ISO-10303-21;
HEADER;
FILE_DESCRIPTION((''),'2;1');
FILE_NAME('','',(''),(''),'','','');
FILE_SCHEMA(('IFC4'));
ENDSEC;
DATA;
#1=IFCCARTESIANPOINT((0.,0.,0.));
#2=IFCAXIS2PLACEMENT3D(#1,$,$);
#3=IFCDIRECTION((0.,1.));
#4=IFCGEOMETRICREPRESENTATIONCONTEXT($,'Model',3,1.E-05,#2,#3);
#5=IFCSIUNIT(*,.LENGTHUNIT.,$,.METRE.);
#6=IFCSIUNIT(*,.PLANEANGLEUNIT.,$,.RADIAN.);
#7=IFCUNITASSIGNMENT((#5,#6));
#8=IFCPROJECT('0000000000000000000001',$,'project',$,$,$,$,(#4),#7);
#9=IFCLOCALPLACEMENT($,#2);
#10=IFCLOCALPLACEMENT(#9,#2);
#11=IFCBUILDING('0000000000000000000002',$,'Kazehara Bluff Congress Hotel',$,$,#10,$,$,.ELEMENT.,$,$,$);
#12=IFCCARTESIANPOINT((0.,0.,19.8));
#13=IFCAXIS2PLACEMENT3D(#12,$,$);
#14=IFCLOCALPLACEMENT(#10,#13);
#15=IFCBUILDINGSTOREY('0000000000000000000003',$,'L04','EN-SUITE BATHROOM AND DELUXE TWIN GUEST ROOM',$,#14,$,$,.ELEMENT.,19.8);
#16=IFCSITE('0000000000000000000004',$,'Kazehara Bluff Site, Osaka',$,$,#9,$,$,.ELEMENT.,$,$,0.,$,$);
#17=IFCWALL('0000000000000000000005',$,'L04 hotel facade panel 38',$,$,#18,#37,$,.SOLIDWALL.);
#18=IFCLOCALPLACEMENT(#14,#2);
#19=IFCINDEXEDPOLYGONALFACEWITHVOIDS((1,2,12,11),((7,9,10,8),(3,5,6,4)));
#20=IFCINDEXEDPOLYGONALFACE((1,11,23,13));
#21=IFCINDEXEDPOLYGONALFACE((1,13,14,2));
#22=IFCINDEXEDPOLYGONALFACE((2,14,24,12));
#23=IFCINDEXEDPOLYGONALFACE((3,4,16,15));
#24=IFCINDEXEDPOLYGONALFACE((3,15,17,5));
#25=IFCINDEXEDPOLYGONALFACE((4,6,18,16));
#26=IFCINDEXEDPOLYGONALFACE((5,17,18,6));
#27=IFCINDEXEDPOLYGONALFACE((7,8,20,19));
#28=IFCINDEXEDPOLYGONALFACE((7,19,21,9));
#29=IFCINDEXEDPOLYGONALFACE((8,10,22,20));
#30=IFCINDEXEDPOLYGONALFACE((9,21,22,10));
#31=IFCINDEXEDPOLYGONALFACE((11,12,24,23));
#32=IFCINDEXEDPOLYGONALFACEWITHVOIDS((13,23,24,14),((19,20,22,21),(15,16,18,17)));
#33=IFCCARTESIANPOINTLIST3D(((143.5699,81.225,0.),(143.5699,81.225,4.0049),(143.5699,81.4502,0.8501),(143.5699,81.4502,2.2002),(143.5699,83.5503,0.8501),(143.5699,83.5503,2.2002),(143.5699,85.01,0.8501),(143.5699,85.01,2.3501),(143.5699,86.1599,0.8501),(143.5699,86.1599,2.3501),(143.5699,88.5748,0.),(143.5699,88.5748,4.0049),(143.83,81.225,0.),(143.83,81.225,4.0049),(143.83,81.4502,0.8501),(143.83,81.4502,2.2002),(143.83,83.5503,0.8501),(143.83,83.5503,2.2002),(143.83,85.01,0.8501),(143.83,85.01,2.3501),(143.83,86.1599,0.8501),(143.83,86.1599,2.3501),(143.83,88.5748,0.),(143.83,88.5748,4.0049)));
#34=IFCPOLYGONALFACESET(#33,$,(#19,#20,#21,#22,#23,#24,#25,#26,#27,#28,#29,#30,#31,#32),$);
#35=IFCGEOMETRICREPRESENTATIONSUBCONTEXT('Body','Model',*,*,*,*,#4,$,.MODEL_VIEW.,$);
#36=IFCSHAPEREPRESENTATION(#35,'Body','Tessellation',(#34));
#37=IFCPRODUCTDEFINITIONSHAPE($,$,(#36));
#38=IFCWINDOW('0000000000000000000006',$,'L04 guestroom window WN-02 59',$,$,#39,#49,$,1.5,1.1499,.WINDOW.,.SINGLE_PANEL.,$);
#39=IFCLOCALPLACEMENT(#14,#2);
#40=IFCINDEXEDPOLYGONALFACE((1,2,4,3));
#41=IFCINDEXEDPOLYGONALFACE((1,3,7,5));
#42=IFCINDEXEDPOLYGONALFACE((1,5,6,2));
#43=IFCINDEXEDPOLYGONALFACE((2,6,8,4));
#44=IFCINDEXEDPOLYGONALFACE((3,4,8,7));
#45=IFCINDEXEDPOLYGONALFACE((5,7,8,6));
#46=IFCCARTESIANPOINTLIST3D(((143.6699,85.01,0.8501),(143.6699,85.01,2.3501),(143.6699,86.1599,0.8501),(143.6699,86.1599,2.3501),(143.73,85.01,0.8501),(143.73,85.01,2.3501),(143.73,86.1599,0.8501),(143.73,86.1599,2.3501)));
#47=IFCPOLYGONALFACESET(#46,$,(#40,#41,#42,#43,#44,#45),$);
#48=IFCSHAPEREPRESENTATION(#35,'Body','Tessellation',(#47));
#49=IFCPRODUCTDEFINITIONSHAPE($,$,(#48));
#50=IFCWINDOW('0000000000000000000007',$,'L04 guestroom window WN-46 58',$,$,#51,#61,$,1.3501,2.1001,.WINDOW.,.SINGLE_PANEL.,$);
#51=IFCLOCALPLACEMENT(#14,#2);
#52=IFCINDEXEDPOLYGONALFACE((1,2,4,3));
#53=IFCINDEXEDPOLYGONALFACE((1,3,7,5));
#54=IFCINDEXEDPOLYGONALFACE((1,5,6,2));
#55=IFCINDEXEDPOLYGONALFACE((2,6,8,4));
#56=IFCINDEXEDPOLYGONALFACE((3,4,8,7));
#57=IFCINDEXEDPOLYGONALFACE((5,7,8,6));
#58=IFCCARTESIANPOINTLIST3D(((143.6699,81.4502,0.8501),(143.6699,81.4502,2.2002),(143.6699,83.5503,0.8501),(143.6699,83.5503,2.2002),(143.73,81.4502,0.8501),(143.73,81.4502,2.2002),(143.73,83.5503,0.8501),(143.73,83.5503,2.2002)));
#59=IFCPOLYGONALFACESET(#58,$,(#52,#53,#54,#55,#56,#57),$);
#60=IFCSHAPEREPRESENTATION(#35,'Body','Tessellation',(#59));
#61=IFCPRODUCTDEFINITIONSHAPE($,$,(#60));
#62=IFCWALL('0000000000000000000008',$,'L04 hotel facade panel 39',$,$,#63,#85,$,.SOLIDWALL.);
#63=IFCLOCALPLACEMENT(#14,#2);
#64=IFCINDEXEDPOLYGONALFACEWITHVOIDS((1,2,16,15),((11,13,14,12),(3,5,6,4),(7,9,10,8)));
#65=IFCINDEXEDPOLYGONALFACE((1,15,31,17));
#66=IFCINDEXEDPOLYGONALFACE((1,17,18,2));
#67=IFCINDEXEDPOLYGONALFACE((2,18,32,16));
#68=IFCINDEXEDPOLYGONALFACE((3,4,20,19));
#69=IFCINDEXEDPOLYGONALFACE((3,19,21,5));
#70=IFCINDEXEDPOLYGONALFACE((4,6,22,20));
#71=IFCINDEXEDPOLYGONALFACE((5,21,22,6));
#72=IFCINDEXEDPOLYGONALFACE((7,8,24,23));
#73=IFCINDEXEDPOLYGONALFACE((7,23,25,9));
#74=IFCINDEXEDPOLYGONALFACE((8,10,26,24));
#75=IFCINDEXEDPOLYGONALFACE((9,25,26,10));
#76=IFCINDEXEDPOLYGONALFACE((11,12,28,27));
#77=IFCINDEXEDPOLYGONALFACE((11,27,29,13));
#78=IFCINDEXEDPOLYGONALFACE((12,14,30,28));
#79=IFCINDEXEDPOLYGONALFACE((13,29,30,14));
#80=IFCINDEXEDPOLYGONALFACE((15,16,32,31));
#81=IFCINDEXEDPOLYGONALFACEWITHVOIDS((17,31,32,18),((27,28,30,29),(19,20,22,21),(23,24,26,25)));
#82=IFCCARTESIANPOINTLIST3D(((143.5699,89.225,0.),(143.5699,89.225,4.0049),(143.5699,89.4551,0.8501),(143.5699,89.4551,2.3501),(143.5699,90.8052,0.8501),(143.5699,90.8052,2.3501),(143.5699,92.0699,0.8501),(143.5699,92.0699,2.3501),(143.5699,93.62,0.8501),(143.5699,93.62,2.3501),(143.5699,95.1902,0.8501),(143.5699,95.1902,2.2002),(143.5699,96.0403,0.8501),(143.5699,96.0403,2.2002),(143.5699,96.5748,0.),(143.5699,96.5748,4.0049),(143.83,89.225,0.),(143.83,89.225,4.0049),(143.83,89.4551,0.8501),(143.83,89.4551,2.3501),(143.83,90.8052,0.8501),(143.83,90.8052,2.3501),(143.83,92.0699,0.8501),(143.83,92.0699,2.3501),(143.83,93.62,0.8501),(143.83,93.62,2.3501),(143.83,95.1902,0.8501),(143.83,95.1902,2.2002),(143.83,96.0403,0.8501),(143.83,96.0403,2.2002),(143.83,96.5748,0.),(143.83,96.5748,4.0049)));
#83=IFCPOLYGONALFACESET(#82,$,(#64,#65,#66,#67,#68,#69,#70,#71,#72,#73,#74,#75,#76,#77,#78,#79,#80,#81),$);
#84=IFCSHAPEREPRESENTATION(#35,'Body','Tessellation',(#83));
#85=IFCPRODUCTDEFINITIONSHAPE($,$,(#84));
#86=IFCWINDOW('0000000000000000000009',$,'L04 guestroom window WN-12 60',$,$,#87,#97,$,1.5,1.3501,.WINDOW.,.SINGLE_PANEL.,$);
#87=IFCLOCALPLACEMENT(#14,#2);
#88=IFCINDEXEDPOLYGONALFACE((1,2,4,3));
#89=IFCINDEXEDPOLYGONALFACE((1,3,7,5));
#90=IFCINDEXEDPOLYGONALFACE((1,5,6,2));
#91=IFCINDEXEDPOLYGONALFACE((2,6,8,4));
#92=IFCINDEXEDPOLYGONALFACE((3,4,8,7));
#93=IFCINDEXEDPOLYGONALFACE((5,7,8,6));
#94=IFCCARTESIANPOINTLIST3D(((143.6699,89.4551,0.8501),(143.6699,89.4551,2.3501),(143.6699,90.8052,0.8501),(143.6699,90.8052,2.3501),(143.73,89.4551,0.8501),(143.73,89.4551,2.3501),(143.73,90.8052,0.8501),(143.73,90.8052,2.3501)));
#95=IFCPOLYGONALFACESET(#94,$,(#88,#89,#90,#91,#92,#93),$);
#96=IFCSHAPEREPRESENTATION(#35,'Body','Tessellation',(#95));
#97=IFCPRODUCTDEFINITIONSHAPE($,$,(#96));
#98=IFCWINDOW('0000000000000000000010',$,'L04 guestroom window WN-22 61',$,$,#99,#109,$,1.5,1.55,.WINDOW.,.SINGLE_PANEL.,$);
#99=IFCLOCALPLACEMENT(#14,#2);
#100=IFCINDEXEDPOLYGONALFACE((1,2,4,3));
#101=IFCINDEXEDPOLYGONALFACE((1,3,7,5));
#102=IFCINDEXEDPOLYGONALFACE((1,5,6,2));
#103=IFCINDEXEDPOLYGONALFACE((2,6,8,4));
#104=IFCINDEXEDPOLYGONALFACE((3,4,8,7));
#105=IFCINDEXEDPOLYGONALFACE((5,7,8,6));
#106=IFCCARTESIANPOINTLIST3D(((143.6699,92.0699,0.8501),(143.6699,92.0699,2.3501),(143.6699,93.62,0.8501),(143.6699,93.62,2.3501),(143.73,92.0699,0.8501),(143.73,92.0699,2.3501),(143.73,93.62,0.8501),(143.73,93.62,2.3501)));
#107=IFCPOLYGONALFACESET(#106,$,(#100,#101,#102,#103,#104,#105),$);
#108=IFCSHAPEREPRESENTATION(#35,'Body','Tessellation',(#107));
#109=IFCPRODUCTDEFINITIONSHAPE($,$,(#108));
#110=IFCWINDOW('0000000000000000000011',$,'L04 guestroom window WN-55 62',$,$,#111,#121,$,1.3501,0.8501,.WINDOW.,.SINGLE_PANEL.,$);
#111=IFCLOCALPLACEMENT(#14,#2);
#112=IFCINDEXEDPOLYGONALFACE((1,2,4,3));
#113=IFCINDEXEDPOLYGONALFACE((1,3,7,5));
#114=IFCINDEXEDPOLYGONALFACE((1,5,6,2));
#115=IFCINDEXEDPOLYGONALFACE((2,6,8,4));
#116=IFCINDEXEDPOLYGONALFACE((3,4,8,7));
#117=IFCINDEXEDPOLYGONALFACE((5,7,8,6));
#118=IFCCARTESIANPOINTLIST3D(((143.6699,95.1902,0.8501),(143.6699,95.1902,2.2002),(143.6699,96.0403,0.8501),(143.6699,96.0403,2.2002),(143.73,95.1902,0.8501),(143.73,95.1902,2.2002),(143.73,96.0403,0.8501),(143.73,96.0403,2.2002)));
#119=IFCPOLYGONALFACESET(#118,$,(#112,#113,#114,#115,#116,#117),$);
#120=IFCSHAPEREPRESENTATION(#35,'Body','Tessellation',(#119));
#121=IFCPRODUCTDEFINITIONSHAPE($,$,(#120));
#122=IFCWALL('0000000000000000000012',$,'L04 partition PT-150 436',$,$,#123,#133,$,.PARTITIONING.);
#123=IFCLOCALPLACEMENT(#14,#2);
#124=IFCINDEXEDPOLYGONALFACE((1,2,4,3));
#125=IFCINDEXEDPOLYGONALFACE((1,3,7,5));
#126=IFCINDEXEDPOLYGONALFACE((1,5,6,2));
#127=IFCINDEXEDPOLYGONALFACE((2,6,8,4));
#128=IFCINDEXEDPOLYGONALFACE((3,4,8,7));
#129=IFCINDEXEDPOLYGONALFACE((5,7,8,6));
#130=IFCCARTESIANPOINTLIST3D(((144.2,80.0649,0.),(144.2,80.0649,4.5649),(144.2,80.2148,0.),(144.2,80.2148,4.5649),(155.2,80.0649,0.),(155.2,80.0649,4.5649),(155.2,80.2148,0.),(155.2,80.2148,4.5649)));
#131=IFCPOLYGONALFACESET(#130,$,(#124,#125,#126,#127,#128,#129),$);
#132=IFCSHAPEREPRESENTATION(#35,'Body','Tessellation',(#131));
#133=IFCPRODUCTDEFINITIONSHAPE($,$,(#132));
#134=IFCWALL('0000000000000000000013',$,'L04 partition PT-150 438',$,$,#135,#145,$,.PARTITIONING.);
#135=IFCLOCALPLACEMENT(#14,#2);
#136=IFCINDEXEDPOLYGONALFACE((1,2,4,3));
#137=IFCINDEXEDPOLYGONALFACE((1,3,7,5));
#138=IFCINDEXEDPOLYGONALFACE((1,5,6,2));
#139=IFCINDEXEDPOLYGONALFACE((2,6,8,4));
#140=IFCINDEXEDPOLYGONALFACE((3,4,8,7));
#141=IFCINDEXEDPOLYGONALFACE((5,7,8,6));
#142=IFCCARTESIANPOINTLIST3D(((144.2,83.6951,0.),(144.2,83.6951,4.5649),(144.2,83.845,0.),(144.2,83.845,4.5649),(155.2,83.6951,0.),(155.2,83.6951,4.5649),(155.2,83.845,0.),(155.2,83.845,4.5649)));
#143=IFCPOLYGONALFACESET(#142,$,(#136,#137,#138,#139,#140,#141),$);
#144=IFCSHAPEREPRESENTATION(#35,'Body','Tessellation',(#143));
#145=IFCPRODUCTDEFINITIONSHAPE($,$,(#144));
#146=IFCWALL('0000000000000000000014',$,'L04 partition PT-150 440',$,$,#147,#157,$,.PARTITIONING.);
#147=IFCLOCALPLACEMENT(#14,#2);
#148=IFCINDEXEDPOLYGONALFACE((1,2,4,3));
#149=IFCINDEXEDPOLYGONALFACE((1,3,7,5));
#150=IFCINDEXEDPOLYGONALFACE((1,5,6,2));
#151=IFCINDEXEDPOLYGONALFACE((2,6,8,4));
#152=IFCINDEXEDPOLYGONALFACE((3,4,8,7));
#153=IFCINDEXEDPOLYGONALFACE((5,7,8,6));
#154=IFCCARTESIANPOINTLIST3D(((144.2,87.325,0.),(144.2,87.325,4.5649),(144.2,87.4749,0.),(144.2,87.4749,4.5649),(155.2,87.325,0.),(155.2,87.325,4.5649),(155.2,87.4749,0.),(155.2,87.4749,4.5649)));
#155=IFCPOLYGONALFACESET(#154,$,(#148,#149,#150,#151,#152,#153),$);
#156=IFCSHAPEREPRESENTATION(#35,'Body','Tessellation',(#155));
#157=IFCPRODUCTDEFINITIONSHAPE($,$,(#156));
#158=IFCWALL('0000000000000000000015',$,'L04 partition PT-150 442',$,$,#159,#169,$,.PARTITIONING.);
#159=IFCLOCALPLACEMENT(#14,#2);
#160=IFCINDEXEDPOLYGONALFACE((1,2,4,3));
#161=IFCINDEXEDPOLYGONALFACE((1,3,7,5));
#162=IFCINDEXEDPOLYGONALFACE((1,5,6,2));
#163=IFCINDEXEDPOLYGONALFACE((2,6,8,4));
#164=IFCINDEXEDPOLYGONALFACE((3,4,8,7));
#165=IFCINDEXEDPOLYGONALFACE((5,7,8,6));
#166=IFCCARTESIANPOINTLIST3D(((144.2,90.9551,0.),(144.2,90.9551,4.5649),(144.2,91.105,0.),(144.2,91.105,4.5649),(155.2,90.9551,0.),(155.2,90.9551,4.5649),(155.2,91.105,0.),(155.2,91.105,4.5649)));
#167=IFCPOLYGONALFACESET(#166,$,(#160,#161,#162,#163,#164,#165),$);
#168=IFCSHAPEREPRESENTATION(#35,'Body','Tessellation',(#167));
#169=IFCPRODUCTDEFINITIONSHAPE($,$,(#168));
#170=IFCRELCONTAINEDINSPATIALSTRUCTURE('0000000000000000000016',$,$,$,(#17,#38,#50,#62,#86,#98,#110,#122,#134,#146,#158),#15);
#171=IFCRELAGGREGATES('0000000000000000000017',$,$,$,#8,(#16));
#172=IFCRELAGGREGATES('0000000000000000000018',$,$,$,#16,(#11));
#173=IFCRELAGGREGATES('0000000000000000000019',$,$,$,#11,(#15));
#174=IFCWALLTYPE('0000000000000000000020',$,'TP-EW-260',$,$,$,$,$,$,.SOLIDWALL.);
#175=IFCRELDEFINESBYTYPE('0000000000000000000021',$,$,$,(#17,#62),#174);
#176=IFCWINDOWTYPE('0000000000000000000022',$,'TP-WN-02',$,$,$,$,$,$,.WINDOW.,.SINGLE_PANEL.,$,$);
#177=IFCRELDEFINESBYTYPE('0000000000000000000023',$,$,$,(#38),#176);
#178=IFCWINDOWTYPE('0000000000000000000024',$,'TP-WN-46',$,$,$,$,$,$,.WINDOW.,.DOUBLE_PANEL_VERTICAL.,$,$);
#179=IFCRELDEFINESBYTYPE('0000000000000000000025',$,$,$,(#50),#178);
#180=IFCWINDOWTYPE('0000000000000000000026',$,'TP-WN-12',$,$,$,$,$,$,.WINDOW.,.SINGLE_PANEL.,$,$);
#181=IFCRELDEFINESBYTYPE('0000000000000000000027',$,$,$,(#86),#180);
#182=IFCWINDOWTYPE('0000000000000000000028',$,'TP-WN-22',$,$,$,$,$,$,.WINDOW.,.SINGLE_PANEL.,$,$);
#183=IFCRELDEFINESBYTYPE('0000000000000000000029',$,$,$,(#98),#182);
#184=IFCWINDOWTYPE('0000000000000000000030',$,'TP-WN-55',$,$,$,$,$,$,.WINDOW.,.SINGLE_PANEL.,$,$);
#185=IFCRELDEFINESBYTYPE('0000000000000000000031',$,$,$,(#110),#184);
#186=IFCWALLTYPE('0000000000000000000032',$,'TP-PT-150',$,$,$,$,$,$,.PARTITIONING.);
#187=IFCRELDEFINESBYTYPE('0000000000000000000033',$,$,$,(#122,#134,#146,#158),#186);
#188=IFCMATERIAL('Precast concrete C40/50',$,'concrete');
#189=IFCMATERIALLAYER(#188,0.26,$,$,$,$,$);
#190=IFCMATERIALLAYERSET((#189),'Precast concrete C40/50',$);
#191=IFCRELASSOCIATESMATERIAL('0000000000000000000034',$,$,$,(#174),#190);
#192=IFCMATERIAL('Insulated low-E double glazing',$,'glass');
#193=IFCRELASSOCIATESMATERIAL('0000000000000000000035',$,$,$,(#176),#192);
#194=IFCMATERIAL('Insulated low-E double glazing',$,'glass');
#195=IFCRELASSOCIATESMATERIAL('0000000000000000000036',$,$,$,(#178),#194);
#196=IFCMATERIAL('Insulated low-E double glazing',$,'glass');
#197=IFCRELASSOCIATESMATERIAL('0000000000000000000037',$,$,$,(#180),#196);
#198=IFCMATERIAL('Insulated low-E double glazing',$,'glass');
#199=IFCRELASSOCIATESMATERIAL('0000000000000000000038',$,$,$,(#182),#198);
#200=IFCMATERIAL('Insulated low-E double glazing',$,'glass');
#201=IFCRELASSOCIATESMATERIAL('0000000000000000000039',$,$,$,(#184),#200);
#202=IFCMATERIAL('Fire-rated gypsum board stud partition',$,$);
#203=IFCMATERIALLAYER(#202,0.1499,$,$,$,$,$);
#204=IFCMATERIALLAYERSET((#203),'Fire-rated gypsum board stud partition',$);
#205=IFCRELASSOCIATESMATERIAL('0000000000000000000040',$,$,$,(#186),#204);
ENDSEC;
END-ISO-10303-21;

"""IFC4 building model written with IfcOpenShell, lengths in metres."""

from ifc_helpers import new_model, si_unit, direction, frame, frame_2d, origin, place, context, subcontext, project, spatial, rectangle, extrude, material, layer, layer_set, type_object, element, fill, save


model = new_model("IFC4")

# Units and contexts
model_context = context("Model", 3, precision=1e-05, world=origin(), true_north=direction((0.0, 1.0)))
body_context = subcontext(model_context, "Body", "Model", "MODEL_VIEW")
ifc_project = project(units=[si_unit("LENGTHUNIT", "METRE"), si_unit("PLANEANGLEUNIT", "RADIAN")], contexts=[model_context])

# Site, building, storey
site_placement = place(None, origin())
site = spatial("IfcSite", under=ifc_project, at=site_placement, Name="Kazehara Bluff Site, Osaka", CompositionType="ELEMENT", RefElevation=0.0)
building_placement = place(site_placement, origin())
building = spatial("IfcBuilding", under=site, at=building_placement, Name="Kazehara Bluff Congress Hotel", CompositionType="ELEMENT")
storey_placement = place(building_placement, frame((0.0, 0.0, 19.8)))
storey = spatial("IfcBuildingStorey", under=building, at=storey_placement, Name="L04", Description="EN-SUITE BATHROOM AND DELUXE TWIN GUEST ROOM", CompositionType="ELEMENT", Elevation=19.8)

# Walls, openings, windows
ifc_material_1 = material(Name="Precast concrete C40/50", Category="concrete")
ifc_layer_1 = layer(ifc_material_1, 0.26)
ifc_layer_set_1 = layer_set([ifc_layer_1], Name="Precast concrete C40/50")
wall_type_1 = type_object("IfcWallType", Name="TP-EW-260", PredefinedType="SOLIDWALL", material=ifc_layer_set_1)
wall_1_placement = place(storey_placement, frame((143.7, 81.2251, 0.0), z_axis=(0.0, 0.0, 1.0), x_axis=(0.0, 1.0, 0.0)))
wall_1 = element("IfcWall", 1, at=wall_1_placement, inside=storey, type_object=wall_type_1, Name="L04 hotel facade panel 38", PredefinedType="SOLIDWALL", context=body_context, shape_type="SweptSolid", body=[
    extrude(rectangle(XDim=7.3499, YDim=0.26, at=frame_2d((3.6748, 0.0))), origin(), (0.0, 0.0, 1.0), 4.0049),
])
opening_1_placement = place(wall_1_placement, frame((0.2251, 0.0, 0.8501)))
opening_1 = element("IfcOpeningElement", 2, at=opening_1_placement, cuts=wall_1, PredefinedType="OPENING", context=body_context, shape_type="SweptSolid", body=[
    extrude(rectangle(XDim=2.1001, YDim=1.3501, at=frame_2d((1.05, 0.675))), frame((0.0, 0.1399, 0.0), z_axis=(0.0, -1.0, 0.0), x_axis=(1.0, 0.0, 0.0)), (0.0, 0.0, 1.0), 0.28),
])
opening_2_placement = place(wall_1_placement, frame((3.7849, 0.0, 0.8501)))
opening_2 = element("IfcOpeningElement", 3, at=opening_2_placement, cuts=wall_1, PredefinedType="OPENING", context=body_context, shape_type="SweptSolid", body=[
    extrude(rectangle(XDim=1.1499, YDim=1.5, at=frame_2d((0.575, 0.75))), frame((0.0, 0.1399, 0.0), z_axis=(0.0, -1.0, 0.0), x_axis=(1.0, 0.0, 0.0)), (0.0, 0.0, 1.0), 0.28),
])
ifc_material_2 = material(Name="Insulated low-E double glazing", Category="glass")
window_type_1 = type_object("IfcWindowType", Name="TP-WN-02", PartitioningType="SINGLE_PANEL", PredefinedType="WINDOW", material=ifc_material_2)
window_1_placement = place(opening_2_placement, origin())
window_1 = element("IfcWindow", 4, at=window_1_placement, inside=storey, type_object=window_type_1, Name="L04 guestroom window WN-02 59", OverallHeight=1.5, OverallWidth=1.1499, PartitioningType="SINGLE_PANEL", PredefinedType="WINDOW", context=body_context, shape_type="SweptSolid", body=[
    extrude(rectangle(XDim=1.1499, YDim=1.5, at=frame_2d((0.575, 0.75))), frame((0.0, 0.03, 0.0), z_axis=(0.0, -1.0, 0.0), x_axis=(1.0, 0.0, 0.0)), (0.0, 0.0, 1.0), 0.0601),
])
fill(opening_2, window_1)
ifc_material_3 = material(Name="Insulated low-E double glazing", Category="glass")
window_type_2 = type_object("IfcWindowType", Name="TP-WN-46", PartitioningType="DOUBLE_PANEL_VERTICAL", PredefinedType="WINDOW", material=ifc_material_3)
window_2_placement = place(opening_1_placement, origin())
window_2 = element("IfcWindow", 5, at=window_2_placement, inside=storey, type_object=window_type_2, Name="L04 guestroom window WN-46 58", OverallHeight=1.3501, OverallWidth=2.1001, PartitioningType="SINGLE_PANEL", PredefinedType="WINDOW", context=body_context, shape_type="SweptSolid", body=[
    extrude(rectangle(XDim=2.1001, YDim=1.3501, at=frame_2d((1.05, 0.675))), frame((0.0, 0.03, 0.0), z_axis=(0.0, -1.0, 0.0), x_axis=(1.0, 0.0, 0.0)), (0.0, 0.0, 1.0), 0.0601),
])
fill(opening_1, window_2)
wall_2_placement = place(storey_placement, frame((143.7, 89.2251, 0.0), z_axis=(0.0, 0.0, 1.0), x_axis=(0.0, 1.0, 0.0)))
wall_2 = element("IfcWall", 6, at=wall_2_placement, inside=storey, type_object=wall_type_1, Name="L04 hotel facade panel 39", PredefinedType="SOLIDWALL", context=body_context, shape_type="SweptSolid", body=[
    extrude(rectangle(XDim=7.3499, YDim=0.26, at=frame_2d((3.6748, 0.0))), origin(), (0.0, 0.0, 1.0), 4.0049),
])
opening_3_placement = place(wall_2_placement, frame((0.23, 0.0, 0.8501)))
opening_3 = element("IfcOpeningElement", 7, at=opening_3_placement, cuts=wall_2, PredefinedType="OPENING", context=body_context, shape_type="SweptSolid", body=[
    extrude(rectangle(XDim=1.3501, YDim=1.5, at=frame_2d((0.675, 0.75))), frame((0.0, 0.1399, 0.0), z_axis=(0.0, -1.0, 0.0), x_axis=(1.0, 0.0, 0.0)), (0.0, 0.0, 1.0), 0.28),
])
opening_4_placement = place(wall_2_placement, frame((2.845, 0.0, 0.8501)))
opening_4 = element("IfcOpeningElement", 8, at=opening_4_placement, cuts=wall_2, PredefinedType="OPENING", context=body_context, shape_type="SweptSolid", body=[
    extrude(rectangle(XDim=1.55, YDim=1.5, at=frame_2d((0.7749, 0.75))), frame((0.0, 0.1399, 0.0), z_axis=(0.0, -1.0, 0.0), x_axis=(1.0, 0.0, 0.0)), (0.0, 0.0, 1.0), 0.28),
])
opening_5_placement = place(wall_2_placement, frame((5.9651, 0.0, 0.8501)))
opening_5 = element("IfcOpeningElement", 9, at=opening_5_placement, cuts=wall_2, PredefinedType="OPENING", context=body_context, shape_type="SweptSolid", body=[
    extrude(rectangle(XDim=0.8501, YDim=1.3501, at=frame_2d((0.425, 0.675))), frame((0.0, 0.1399, 0.0), z_axis=(0.0, -1.0, 0.0), x_axis=(1.0, 0.0, 0.0)), (0.0, 0.0, 1.0), 0.28),
])
ifc_material_4 = material(Name="Insulated low-E double glazing", Category="glass")
window_type_3 = type_object("IfcWindowType", Name="TP-WN-12", PartitioningType="SINGLE_PANEL", PredefinedType="WINDOW", material=ifc_material_4)
window_3_placement = place(opening_3_placement, origin())
window_3 = element("IfcWindow", 10, at=window_3_placement, inside=storey, type_object=window_type_3, Name="L04 guestroom window WN-12 60", OverallHeight=1.5, OverallWidth=1.3501, PartitioningType="SINGLE_PANEL", PredefinedType="WINDOW", context=body_context, shape_type="SweptSolid", body=[
    extrude(rectangle(XDim=1.3501, YDim=1.5, at=frame_2d((0.675, 0.75))), frame((0.0, 0.03, 0.0), z_axis=(0.0, -1.0, 0.0), x_axis=(1.0, 0.0, 0.0)), (0.0, 0.0, 1.0), 0.0601),
])
fill(opening_3, window_3)
ifc_material_5 = material(Name="Insulated low-E double glazing", Category="glass")
window_type_4 = type_object("IfcWindowType", Name="TP-WN-22", PartitioningType="SINGLE_PANEL", PredefinedType="WINDOW", material=ifc_material_5)
window_4_placement = place(opening_4_placement, origin())
window_4 = element("IfcWindow", 11, at=window_4_placement, inside=storey, type_object=window_type_4, Name="L04 guestroom window WN-22 61", OverallHeight=1.5, OverallWidth=1.55, PartitioningType="SINGLE_PANEL", PredefinedType="WINDOW", context=body_context, shape_type="SweptSolid", body=[
    extrude(rectangle(XDim=1.55, YDim=1.5, at=frame_2d((0.7749, 0.75))), frame((0.0, 0.03, 0.0), z_axis=(0.0, -1.0, 0.0), x_axis=(1.0, 0.0, 0.0)), (0.0, 0.0, 1.0), 0.0601),
])
fill(opening_4, window_4)
ifc_material_6 = material(Name="Insulated low-E double glazing", Category="glass")
window_type_5 = type_object("IfcWindowType", Name="TP-WN-55", PartitioningType="SINGLE_PANEL", PredefinedType="WINDOW", material=ifc_material_6)
window_5_placement = place(opening_5_placement, origin())
window_5 = element("IfcWindow", 12, at=window_5_placement, inside=storey, type_object=window_type_5, Name="L04 guestroom window WN-55 62", OverallHeight=1.3501, OverallWidth=0.8501, PartitioningType="SINGLE_PANEL", PredefinedType="WINDOW", context=body_context, shape_type="SweptSolid", body=[
    extrude(rectangle(XDim=0.8501, YDim=1.3501, at=frame_2d((0.425, 0.675))), frame((0.0, 0.03, 0.0), z_axis=(0.0, -1.0, 0.0), x_axis=(1.0, 0.0, 0.0)), (0.0, 0.0, 1.0), 0.0601),
])
fill(opening_5, window_5)

# Walls
ifc_material_7 = material(Name="Fire-rated gypsum board stud partition")
ifc_layer_2 = layer(ifc_material_7, 0.1499)
ifc_layer_set_2 = layer_set([ifc_layer_2], Name="Fire-rated gypsum board stud partition")
wall_type_2 = type_object("IfcWallType", Name="TP-PT-150", PredefinedType="PARTITIONING", material=ifc_layer_set_2)
for number, where, z_axis, x_axis, name in (
    (13, (144.2, 80.1399, 0.0), (0.0, 0.0, 1.0), (1.0, 0.0, 0.0), "L04 partition PT-150 436"),
    (14, (144.2, 83.77, 0.0), (0.0, 0.0, 1.0), (1.0, 0.0, 0.0), "L04 partition PT-150 438"),
    (15, (144.2, 87.3999, 0.0), (0.0, 0.0, 1.0), (1.0, 0.0, 0.0), "L04 partition PT-150 440"),
    (16, (144.2, 91.03, 0.0), (0.0, 0.0, 1.0), (1.0, 0.0, 0.0), "L04 partition PT-150 442"),
):
    element("IfcWall", number, at=place(storey_placement, frame(where, z_axis=z_axis, x_axis=x_axis)), inside=storey, type_object=wall_type_2, Name=name, PredefinedType="PARTITIONING", context=body_context, shape_type="SweptSolid", body=[
        extrude(rectangle(XDim=11.0, YDim=0.1499, at=frame_2d((5.5, 0.0))), origin(), (0.0, 0.0, 1.0), 4.5649),
    ])

save(model, "model.ifc")
